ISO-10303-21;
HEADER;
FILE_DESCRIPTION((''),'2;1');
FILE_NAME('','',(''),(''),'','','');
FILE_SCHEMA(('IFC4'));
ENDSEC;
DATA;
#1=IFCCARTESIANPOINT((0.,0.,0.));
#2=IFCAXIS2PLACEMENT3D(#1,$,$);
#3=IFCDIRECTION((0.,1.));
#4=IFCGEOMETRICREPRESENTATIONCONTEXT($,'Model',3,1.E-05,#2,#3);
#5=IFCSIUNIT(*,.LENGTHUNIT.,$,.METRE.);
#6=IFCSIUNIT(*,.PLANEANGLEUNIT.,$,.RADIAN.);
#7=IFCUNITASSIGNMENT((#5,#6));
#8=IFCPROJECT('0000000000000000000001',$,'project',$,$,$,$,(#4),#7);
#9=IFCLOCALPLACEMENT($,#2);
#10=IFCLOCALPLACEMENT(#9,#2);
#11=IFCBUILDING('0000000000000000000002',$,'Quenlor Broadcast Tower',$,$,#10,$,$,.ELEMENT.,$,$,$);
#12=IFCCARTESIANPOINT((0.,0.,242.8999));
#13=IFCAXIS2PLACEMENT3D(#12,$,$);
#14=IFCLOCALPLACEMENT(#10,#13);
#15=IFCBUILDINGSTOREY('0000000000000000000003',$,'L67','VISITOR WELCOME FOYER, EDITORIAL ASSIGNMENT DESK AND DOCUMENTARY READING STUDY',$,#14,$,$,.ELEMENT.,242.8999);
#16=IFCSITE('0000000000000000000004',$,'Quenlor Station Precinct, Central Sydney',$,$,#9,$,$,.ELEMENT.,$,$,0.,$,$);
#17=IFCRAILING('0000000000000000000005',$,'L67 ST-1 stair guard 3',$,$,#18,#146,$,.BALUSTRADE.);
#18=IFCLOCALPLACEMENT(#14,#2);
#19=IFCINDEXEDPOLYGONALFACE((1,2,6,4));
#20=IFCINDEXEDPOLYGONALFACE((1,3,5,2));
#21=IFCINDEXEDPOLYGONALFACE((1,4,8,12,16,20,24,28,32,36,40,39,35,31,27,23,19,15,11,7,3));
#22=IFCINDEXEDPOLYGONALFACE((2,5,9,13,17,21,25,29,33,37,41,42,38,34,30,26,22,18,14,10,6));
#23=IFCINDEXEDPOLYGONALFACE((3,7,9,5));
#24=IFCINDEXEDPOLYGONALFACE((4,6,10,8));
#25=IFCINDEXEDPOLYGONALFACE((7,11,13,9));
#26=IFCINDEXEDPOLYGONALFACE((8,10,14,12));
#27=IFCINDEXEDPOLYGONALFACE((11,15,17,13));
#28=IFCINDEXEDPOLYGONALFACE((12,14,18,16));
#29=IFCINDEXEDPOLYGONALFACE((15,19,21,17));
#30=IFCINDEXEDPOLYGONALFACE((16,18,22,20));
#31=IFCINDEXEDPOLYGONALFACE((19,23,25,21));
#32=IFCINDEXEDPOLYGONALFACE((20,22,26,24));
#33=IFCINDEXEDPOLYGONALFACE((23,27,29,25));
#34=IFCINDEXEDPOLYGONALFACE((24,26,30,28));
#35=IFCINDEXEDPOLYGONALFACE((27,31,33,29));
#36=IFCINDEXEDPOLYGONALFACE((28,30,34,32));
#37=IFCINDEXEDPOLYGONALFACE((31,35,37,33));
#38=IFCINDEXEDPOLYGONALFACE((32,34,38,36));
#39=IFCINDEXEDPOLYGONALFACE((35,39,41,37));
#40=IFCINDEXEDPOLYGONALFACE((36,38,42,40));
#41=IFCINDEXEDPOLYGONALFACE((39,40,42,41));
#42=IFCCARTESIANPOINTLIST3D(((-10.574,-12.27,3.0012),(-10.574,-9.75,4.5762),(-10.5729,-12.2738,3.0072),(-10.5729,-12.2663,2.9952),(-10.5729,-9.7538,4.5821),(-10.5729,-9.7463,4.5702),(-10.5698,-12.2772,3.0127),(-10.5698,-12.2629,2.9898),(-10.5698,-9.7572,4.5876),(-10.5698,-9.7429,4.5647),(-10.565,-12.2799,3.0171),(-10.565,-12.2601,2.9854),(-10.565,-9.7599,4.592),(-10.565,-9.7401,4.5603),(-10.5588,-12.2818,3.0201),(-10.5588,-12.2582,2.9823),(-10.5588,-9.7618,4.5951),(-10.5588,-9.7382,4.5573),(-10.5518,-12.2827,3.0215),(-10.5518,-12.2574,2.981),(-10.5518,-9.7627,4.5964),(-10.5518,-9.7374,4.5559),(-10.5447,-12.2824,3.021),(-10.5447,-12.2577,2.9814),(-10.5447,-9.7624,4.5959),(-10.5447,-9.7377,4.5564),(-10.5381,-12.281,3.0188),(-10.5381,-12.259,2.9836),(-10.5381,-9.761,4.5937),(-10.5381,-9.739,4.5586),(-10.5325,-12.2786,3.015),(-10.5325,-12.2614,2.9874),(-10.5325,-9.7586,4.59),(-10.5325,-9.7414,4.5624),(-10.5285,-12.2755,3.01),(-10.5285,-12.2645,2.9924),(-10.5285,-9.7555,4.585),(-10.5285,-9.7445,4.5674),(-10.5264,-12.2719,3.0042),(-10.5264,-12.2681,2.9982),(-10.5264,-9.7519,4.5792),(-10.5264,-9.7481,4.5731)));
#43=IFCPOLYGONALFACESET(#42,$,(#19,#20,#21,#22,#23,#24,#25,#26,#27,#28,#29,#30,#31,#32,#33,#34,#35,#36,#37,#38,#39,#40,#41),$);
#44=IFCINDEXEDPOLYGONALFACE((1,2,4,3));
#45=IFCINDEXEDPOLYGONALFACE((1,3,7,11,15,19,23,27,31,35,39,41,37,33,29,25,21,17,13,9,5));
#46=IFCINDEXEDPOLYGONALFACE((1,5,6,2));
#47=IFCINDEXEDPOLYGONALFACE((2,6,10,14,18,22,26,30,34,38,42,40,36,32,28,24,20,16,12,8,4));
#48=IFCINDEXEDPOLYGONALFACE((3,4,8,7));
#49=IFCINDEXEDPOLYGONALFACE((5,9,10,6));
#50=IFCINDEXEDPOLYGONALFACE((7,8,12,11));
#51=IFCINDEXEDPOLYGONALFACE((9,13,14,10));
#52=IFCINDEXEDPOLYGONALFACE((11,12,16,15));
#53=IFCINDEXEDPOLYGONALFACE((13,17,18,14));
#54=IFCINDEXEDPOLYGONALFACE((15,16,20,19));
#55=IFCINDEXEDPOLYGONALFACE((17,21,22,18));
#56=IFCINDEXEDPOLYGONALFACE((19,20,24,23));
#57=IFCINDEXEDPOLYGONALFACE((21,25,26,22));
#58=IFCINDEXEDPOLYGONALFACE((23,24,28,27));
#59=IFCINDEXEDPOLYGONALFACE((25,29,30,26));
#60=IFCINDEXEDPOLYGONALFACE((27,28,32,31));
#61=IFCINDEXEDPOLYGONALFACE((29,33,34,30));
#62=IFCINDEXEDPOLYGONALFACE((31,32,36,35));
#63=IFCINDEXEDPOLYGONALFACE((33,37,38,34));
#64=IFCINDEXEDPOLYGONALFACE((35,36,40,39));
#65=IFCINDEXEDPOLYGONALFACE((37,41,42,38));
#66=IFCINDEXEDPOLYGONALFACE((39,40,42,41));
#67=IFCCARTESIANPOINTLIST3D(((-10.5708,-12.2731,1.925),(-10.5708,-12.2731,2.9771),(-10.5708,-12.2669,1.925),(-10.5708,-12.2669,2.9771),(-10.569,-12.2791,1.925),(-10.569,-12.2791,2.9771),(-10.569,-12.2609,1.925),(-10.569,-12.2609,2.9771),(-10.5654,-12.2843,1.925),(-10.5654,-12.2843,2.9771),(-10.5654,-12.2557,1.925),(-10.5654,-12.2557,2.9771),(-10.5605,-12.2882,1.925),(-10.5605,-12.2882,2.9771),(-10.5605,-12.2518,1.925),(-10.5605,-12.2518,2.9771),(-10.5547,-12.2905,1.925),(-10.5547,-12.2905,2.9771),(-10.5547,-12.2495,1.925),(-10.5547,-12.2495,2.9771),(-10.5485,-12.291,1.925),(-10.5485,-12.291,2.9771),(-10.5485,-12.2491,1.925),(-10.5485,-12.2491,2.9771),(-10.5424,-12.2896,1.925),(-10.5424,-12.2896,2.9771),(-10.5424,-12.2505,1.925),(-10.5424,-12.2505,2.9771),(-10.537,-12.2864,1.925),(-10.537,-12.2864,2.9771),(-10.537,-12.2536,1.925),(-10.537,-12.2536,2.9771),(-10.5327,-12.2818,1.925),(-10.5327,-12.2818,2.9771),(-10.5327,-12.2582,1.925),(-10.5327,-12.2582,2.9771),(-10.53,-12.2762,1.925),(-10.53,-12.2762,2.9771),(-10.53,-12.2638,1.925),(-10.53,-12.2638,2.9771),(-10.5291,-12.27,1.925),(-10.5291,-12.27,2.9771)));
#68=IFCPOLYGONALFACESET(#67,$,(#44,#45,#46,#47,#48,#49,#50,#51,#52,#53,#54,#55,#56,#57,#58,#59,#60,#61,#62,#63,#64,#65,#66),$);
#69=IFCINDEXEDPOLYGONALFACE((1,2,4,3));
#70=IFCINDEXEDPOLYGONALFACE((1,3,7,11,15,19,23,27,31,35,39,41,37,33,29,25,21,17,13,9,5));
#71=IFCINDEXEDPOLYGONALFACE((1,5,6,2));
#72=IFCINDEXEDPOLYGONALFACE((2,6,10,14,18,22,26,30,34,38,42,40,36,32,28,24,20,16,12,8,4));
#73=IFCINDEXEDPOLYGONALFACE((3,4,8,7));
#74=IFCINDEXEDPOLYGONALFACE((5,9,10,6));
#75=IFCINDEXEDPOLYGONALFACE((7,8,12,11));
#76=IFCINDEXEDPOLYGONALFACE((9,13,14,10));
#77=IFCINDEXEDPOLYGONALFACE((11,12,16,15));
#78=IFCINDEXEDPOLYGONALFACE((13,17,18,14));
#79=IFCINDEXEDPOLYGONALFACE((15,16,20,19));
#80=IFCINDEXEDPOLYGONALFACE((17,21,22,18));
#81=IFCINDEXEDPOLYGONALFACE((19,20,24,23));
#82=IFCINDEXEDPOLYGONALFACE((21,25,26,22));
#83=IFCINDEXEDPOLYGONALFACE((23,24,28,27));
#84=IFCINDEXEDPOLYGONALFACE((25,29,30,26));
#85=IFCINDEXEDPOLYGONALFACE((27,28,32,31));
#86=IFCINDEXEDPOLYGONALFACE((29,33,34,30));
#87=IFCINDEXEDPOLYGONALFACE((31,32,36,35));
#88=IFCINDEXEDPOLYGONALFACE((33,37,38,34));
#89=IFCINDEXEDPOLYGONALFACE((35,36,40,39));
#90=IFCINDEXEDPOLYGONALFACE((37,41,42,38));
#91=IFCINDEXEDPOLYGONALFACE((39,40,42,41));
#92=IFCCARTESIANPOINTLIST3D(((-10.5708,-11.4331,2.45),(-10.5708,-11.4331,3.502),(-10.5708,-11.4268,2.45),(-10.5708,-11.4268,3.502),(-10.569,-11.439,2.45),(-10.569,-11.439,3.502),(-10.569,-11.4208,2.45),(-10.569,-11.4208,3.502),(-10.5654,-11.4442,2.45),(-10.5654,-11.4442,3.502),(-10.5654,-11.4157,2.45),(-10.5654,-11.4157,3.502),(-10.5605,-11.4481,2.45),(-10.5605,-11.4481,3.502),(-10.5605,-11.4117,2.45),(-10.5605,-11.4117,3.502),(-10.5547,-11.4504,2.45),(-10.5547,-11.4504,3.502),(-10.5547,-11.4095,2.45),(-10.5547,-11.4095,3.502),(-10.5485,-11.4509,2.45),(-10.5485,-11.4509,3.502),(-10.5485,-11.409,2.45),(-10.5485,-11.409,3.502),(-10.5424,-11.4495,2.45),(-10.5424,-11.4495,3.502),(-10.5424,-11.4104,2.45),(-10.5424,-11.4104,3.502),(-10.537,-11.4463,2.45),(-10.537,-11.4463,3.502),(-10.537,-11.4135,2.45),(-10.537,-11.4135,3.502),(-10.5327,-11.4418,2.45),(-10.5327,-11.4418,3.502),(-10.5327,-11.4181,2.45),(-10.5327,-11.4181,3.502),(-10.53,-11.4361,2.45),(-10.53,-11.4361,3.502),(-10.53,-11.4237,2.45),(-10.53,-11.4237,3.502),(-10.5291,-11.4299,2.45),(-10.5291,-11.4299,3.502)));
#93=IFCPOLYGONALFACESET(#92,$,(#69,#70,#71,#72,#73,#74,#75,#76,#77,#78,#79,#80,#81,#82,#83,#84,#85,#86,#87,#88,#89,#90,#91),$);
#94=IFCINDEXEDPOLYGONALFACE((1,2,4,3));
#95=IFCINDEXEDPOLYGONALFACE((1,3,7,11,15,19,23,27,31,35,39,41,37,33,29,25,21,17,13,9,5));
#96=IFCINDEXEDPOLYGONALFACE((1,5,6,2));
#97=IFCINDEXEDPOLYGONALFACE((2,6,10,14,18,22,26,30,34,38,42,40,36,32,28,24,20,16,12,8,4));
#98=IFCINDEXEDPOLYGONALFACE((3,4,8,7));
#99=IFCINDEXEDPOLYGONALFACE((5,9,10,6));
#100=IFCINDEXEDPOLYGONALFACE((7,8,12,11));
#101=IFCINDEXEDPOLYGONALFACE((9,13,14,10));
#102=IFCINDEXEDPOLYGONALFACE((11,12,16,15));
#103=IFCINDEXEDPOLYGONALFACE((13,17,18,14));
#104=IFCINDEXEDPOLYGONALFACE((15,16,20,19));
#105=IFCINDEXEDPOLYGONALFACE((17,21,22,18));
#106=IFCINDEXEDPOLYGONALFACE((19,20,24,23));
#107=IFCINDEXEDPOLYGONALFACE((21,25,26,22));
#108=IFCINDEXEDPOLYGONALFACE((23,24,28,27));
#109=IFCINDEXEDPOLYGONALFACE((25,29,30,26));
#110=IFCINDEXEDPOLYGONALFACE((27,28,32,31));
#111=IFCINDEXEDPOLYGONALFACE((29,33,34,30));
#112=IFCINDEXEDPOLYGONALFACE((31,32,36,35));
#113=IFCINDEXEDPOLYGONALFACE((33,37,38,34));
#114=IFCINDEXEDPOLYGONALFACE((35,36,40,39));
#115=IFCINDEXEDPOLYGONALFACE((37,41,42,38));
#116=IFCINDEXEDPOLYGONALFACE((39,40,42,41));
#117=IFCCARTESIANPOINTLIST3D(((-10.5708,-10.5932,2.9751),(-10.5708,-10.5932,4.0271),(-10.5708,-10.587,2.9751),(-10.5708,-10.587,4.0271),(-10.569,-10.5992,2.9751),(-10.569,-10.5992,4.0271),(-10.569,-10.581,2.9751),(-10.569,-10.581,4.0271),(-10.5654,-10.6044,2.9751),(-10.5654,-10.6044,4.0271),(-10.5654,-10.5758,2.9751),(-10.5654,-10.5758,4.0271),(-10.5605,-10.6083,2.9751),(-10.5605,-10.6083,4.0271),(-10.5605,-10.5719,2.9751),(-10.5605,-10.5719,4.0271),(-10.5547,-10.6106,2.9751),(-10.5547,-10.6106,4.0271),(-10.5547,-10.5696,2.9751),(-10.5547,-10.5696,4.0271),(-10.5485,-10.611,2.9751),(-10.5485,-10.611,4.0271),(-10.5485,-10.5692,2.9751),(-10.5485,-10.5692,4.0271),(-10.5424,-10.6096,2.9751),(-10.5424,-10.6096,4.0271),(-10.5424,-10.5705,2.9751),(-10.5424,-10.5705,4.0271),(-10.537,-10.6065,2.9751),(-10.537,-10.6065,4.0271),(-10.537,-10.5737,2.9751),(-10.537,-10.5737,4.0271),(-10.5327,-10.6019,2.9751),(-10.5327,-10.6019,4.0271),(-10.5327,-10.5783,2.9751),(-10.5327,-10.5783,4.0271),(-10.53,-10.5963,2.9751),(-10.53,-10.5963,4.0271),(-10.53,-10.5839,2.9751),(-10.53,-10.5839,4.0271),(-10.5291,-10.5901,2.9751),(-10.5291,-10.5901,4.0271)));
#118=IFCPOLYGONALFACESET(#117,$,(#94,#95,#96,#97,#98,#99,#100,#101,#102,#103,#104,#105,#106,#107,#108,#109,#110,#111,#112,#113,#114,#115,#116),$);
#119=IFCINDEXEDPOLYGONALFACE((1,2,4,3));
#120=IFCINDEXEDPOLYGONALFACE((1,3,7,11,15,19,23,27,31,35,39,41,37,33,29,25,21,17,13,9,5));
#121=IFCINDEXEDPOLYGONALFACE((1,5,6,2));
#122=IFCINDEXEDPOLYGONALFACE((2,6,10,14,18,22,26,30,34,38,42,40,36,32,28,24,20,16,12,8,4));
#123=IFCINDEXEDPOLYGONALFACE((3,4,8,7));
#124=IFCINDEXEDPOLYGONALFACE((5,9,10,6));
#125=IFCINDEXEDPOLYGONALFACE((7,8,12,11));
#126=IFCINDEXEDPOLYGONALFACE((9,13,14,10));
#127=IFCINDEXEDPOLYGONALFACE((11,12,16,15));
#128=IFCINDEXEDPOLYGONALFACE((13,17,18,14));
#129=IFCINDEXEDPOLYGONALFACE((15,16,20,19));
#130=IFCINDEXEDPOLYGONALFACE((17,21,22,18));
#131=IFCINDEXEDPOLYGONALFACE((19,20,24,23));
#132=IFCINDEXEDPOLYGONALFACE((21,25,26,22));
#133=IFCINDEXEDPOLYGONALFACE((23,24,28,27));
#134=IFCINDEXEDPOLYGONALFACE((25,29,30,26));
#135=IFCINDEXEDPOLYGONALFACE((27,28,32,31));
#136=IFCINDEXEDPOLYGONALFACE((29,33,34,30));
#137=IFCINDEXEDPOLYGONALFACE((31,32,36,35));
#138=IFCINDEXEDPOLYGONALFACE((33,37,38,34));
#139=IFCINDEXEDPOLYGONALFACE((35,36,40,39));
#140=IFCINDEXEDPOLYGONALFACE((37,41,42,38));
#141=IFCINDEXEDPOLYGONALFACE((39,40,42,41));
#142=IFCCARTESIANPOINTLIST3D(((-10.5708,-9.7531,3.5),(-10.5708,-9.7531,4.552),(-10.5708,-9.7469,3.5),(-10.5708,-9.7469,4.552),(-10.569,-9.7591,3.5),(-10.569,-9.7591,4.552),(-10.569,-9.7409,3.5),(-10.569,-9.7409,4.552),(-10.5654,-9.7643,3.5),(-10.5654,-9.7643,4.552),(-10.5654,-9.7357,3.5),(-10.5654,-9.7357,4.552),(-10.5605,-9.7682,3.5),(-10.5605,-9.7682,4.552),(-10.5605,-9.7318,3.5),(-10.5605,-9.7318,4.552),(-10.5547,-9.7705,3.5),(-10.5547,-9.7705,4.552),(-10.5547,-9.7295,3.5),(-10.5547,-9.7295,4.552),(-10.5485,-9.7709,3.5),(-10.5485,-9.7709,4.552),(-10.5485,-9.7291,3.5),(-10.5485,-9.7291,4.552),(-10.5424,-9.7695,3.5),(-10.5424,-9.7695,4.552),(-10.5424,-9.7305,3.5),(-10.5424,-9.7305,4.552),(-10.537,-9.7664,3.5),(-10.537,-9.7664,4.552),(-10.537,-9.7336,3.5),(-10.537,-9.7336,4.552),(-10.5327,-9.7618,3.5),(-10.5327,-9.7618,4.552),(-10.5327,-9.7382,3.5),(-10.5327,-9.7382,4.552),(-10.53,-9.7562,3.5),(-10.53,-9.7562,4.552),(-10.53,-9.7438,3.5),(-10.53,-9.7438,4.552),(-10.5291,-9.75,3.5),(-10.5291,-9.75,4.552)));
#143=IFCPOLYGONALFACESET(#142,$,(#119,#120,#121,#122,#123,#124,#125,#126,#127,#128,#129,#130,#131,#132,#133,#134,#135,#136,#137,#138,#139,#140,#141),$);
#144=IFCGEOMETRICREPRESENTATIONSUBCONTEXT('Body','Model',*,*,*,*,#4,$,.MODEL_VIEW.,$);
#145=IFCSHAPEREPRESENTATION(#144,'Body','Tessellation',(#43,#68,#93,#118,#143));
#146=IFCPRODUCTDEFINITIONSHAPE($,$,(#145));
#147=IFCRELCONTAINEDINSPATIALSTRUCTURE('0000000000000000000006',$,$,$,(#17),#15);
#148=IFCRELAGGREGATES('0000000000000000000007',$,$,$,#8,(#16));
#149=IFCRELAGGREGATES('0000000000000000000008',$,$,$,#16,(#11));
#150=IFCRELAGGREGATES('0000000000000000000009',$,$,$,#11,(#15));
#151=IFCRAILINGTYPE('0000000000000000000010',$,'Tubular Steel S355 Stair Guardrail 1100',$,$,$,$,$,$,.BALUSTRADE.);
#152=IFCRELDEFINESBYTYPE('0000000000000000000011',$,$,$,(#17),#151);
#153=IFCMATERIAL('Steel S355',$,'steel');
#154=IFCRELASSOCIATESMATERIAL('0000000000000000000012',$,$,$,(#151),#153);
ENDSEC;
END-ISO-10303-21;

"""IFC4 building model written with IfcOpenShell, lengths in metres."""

from ifc_helpers import new_model, si_unit, direction, frame, origin, origin_2d, place, context, subcontext, project, spatial, circle, extrude, material, type_object, element, save


model = new_model("IFC4")

# Units and contexts
model_context = context("Model", 3, precision=1e-05, world=origin(), true_north=direction((0.0, 1.0)))
body_context = subcontext(model_context, "Body", "Model", "MODEL_VIEW")
ifc_project = project(units=[si_unit("LENGTHUNIT", "METRE"), si_unit("PLANEANGLEUNIT", "RADIAN")], contexts=[model_context])

# Site, building, storey
site_placement = place(None, origin())
site = spatial("IfcSite", under=ifc_project, at=site_placement, Name="Quenlor Station Precinct, Central Sydney", CompositionType="ELEMENT", RefElevation=0.0)
building_placement = place(site_placement, origin())
building = spatial("IfcBuilding", under=site, at=building_placement, Name="Quenlor Broadcast Tower", CompositionType="ELEMENT")
storey_placement = place(building_placement, frame((0.0, 0.0, 242.8999)))
storey = spatial("IfcBuildingStorey", under=building, at=storey_placement, Name="L67", Description="VISITOR WELCOME FOYER, EDITORIAL ASSIGNMENT DESK AND DOCUMENTARY READING STUDY", CompositionType="ELEMENT", Elevation=242.8999)

# Railing
ifc_material_1 = material(Name="Steel S355", Category="steel")
railing_type = type_object("IfcRailingType", Name="Tubular Steel S355 Stair Guardrail 1100", PredefinedType="BALUSTRADE", material=ifc_material_1)
railing_1_placement = place(storey_placement, frame((-10.55, -12.27, 1.925)))
element("IfcRailing", 1, at=railing_1_placement, inside=storey, type_object=railing_type, Name="L67 ST-1 stair guard 3", PredefinedType="BALUSTRADE", context=body_context, shape_type="SweptSolid", body=[
    extrude(circle(Radius=0.0239, at=origin_2d()), frame((0.0, 0.0, 1.0762), z_axis=(0.0, 0.848008, 0.529984), x_axis=(-1.0, 0.0, 0.0)), (0.0, 0.0, 1.0), 2.9717),
    extrude(circle(Radius=0.021, at=origin_2d()), origin(), (0.0, 0.0, 1.0), 1.052),
    extrude(circle(Radius=0.021, at=origin_2d()), frame((0.0, 0.8401, 0.5249)), (0.0, 0.0, 1.0), 1.052),
    extrude(circle(Radius=0.021, at=origin_2d()), frame((0.0, 1.6799, 1.05)), (0.0, 0.0, 1.0), 1.052),
    extrude(circle(Radius=0.021, at=origin_2d()), frame((0.0, 2.52, 1.575)), (0.0, 0.0, 1.0), 1.052),
])

save(model, "model.ifc")
